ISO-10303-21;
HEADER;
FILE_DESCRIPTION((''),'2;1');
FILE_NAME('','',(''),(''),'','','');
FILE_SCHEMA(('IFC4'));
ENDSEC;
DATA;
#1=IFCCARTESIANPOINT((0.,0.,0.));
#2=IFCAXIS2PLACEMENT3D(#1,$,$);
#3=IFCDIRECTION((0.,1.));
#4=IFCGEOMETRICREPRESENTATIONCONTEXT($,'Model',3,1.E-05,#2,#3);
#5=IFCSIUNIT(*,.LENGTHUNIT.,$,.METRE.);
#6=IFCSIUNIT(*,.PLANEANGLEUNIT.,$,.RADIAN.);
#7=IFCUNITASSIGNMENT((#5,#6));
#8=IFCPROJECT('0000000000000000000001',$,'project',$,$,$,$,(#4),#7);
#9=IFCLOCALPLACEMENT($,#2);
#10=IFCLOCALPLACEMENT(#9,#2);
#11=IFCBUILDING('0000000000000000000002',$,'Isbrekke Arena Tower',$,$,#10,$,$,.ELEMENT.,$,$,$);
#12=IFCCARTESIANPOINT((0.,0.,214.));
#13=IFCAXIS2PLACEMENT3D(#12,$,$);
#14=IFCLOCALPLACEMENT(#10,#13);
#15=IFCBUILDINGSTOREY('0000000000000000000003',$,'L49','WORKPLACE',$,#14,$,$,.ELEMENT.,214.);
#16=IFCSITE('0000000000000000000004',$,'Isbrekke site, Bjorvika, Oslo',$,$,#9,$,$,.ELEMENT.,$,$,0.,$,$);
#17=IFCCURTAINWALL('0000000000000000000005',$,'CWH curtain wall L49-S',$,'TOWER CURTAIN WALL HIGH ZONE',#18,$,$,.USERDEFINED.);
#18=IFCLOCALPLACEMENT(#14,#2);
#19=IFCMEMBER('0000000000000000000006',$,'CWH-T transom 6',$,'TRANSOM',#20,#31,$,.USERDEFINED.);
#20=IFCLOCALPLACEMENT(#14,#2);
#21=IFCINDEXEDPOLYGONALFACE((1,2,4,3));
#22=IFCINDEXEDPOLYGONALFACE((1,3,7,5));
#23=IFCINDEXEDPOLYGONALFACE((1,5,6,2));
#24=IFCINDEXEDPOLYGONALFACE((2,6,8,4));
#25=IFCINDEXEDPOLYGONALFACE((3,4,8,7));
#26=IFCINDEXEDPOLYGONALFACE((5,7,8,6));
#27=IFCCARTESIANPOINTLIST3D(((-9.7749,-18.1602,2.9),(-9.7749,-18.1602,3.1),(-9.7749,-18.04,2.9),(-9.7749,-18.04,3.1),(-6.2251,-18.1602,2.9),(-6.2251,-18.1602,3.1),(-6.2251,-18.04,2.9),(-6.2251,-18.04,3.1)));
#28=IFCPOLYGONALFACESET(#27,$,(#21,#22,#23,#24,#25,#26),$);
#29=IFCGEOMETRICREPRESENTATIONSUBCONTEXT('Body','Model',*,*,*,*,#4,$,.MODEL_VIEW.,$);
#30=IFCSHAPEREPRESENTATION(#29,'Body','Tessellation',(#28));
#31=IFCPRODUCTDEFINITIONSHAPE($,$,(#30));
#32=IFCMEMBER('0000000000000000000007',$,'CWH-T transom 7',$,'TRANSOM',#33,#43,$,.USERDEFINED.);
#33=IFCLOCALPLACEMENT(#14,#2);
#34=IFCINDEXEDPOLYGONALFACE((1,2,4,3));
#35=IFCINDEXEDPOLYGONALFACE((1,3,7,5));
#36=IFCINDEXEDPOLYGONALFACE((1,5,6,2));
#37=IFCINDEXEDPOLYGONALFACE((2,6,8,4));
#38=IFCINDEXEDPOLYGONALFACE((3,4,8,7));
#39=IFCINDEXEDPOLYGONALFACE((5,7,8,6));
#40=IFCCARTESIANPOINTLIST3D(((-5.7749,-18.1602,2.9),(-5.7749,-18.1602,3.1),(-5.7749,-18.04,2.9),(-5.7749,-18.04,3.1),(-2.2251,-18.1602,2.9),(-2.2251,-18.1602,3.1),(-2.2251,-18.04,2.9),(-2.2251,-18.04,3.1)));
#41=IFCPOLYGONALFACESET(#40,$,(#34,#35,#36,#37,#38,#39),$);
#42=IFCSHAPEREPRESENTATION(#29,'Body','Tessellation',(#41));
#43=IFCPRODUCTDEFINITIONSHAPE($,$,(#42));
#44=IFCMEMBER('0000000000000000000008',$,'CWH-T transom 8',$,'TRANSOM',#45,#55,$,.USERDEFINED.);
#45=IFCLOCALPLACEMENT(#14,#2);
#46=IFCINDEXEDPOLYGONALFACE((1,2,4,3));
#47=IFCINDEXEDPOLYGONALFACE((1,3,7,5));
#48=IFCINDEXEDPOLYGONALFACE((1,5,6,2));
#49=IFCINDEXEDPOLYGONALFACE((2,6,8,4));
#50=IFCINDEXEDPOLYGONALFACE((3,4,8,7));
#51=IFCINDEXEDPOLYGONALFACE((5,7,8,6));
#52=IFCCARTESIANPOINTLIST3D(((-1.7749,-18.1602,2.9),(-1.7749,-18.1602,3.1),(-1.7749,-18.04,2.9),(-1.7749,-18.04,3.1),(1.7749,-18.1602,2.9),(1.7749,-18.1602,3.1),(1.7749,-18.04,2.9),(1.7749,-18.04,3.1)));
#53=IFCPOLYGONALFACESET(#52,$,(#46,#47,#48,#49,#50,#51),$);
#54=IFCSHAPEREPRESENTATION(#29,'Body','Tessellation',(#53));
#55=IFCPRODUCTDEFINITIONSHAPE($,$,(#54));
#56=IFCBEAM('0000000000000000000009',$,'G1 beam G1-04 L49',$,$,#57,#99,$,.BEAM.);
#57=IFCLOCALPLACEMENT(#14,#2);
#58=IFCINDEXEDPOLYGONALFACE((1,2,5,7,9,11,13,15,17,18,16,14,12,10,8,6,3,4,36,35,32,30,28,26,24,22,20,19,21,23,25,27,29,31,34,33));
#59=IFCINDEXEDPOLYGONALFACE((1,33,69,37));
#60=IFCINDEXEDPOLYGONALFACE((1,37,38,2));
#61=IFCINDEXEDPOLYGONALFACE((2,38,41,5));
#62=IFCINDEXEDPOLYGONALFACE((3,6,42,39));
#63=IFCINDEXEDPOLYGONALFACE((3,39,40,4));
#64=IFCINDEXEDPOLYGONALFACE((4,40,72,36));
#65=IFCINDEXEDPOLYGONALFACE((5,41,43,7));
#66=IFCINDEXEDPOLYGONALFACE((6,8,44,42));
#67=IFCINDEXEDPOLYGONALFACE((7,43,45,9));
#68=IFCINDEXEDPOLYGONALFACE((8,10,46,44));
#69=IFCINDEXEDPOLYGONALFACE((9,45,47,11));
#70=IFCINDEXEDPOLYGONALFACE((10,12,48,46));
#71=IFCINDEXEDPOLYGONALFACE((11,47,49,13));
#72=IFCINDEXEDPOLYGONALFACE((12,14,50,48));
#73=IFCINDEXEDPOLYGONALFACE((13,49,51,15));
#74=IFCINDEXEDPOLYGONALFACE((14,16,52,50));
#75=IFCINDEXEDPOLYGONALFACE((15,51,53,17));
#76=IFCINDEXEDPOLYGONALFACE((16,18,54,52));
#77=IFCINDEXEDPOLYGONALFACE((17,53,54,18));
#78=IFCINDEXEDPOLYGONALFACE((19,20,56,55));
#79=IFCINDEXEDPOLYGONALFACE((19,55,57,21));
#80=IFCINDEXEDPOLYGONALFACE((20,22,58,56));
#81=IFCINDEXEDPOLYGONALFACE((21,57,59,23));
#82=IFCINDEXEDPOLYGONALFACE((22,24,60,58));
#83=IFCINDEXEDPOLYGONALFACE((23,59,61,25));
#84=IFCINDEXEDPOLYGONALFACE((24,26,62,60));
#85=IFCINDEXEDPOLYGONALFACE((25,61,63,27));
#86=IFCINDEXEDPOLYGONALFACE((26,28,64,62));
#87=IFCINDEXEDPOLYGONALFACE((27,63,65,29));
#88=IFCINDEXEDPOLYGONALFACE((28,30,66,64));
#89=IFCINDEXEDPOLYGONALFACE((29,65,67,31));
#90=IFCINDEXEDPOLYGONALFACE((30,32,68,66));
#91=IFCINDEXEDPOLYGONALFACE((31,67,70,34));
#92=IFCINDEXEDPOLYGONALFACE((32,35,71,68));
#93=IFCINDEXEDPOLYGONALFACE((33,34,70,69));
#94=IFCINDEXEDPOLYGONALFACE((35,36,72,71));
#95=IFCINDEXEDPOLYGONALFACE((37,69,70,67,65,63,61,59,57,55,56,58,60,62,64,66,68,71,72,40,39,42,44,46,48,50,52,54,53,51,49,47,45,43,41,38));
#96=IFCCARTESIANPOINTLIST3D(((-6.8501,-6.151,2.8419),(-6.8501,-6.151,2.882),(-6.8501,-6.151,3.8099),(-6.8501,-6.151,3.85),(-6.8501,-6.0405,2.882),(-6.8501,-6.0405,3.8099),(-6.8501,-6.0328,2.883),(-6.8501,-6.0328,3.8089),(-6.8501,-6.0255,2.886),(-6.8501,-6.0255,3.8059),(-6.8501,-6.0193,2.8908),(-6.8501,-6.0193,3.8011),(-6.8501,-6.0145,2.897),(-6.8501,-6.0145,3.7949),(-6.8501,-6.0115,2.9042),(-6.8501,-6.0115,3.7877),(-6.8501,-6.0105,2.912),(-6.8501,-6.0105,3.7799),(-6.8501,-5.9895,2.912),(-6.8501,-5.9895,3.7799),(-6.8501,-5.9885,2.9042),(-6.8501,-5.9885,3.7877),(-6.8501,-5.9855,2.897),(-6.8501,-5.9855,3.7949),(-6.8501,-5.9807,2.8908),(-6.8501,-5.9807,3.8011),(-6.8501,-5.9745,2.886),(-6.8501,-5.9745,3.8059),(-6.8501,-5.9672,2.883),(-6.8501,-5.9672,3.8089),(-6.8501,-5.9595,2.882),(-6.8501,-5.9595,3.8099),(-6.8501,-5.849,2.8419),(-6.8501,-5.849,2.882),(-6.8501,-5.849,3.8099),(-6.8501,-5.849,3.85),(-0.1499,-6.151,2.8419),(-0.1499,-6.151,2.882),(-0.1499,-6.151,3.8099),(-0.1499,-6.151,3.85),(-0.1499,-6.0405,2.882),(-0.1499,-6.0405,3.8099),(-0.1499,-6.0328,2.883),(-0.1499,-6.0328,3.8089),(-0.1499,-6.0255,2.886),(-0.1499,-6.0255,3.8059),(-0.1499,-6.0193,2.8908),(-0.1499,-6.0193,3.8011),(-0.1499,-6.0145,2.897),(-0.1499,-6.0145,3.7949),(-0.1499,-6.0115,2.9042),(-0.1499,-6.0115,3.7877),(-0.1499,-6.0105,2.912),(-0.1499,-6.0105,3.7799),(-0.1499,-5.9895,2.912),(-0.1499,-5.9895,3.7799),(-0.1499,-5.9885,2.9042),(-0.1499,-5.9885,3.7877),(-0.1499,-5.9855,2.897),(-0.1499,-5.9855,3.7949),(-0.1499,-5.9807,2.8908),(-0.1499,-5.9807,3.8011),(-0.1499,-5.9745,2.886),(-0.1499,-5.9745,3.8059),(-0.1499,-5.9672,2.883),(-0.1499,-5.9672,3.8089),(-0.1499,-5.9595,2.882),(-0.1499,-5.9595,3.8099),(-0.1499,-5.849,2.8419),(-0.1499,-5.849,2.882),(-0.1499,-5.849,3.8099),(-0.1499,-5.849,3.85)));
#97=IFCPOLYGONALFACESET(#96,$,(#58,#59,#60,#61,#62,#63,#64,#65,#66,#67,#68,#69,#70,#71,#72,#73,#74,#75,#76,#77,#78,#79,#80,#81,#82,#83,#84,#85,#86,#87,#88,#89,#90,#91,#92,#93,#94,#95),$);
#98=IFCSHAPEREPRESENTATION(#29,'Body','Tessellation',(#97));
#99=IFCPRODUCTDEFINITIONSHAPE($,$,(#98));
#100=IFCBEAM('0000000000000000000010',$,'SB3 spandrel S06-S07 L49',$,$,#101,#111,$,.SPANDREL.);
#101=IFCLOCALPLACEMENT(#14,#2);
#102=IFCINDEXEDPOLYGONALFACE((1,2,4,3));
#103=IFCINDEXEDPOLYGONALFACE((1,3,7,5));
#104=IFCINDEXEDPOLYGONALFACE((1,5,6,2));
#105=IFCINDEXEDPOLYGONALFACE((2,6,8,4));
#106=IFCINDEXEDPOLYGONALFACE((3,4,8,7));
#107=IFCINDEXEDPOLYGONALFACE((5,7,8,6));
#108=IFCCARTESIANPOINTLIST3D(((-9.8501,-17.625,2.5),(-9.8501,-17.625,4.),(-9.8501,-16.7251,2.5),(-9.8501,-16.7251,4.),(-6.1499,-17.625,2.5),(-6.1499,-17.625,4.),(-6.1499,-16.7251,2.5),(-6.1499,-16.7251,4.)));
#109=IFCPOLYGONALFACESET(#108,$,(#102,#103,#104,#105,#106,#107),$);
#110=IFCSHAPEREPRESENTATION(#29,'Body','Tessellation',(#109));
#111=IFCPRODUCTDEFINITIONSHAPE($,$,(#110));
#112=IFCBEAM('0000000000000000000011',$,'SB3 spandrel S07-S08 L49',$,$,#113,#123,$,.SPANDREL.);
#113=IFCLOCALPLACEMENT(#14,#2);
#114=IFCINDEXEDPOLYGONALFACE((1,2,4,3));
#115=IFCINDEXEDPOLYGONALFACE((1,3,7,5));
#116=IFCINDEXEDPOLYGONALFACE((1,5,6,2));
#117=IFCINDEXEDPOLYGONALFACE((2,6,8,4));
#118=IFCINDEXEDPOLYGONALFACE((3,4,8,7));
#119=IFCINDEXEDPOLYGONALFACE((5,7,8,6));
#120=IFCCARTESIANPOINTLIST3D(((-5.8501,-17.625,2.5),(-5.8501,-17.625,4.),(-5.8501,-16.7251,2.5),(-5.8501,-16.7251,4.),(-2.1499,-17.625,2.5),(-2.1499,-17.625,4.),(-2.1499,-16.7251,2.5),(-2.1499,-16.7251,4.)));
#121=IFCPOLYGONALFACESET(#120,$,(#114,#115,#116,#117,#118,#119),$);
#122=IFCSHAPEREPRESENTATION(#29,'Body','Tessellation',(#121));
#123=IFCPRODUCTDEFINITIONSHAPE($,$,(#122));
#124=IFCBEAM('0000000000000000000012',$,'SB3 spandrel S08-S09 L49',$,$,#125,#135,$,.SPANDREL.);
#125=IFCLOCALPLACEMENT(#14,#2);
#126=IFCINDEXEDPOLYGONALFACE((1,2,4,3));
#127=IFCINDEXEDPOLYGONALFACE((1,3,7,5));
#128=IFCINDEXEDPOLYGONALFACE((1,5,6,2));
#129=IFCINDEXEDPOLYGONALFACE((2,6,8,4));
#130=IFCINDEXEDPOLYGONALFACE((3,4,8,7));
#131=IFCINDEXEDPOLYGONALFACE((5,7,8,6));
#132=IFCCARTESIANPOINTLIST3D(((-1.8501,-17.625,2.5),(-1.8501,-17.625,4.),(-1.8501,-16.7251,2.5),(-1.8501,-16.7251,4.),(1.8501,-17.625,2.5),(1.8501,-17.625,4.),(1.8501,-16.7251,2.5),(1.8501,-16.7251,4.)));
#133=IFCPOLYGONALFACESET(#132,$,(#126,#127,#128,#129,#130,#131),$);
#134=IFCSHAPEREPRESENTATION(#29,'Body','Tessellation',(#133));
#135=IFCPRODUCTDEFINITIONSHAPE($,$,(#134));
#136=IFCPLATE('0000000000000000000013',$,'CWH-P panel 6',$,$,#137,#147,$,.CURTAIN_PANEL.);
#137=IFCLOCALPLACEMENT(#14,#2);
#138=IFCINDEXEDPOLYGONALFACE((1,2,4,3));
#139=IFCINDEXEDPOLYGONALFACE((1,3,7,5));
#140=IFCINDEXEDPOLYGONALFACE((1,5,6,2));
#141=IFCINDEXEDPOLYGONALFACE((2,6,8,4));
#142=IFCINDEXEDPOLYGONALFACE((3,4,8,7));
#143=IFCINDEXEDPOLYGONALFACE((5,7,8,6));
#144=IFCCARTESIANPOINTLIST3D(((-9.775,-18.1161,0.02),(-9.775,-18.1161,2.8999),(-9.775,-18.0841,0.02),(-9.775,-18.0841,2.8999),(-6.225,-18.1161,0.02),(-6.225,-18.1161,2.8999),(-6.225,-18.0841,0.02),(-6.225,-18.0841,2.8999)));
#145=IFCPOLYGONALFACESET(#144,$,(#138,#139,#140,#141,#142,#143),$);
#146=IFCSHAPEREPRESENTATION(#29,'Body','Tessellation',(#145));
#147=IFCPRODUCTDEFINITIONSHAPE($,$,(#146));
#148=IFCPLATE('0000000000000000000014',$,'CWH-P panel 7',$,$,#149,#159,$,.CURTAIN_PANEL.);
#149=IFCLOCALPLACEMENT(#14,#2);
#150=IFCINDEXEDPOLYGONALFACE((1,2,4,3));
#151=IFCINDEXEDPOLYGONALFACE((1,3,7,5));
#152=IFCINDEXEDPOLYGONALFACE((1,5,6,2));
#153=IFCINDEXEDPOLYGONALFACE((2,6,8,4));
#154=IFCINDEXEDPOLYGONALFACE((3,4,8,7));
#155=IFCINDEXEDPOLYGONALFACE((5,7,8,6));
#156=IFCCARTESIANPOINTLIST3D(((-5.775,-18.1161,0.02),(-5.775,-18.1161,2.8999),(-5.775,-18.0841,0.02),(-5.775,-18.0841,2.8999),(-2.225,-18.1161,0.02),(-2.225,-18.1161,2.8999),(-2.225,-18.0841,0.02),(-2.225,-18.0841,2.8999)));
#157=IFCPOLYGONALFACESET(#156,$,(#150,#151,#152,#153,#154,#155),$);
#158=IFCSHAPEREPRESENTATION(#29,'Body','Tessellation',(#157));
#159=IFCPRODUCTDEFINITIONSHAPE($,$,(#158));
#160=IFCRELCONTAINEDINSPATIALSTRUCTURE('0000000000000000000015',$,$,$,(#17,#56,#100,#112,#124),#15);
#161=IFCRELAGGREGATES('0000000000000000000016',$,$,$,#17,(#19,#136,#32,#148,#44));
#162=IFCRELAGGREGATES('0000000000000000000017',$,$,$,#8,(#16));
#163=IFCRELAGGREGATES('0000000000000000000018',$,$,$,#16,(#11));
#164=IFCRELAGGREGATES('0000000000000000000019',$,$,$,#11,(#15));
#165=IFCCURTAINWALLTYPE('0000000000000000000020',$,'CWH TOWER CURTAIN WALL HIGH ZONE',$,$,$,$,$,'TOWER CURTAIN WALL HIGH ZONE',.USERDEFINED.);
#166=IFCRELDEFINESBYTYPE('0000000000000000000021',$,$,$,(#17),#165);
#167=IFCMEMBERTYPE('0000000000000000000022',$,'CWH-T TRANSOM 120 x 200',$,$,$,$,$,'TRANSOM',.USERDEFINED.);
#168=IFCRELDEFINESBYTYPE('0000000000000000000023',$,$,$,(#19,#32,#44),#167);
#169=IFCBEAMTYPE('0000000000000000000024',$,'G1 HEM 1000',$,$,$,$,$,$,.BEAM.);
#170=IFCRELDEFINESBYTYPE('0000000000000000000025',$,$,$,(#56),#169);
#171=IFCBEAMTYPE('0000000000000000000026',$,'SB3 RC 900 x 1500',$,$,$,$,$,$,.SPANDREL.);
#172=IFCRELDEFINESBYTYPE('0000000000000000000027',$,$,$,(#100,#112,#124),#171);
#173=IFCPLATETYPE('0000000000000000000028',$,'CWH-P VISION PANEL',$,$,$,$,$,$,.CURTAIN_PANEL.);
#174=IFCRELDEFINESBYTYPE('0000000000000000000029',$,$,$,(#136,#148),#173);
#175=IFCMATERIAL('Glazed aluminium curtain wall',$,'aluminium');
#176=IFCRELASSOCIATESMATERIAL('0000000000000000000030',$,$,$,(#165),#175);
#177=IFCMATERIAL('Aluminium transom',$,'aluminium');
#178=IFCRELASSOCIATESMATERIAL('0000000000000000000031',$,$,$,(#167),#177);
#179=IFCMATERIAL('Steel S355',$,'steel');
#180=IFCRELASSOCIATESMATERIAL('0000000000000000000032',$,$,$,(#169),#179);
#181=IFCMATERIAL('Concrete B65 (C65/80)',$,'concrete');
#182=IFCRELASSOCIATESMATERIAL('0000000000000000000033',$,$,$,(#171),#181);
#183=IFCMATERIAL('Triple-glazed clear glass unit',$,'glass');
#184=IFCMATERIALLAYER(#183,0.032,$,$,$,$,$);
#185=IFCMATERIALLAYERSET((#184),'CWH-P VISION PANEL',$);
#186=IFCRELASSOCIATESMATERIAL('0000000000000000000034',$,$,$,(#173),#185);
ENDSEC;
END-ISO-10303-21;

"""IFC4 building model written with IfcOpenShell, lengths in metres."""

from ifc_helpers import new_model, si_unit, direction, frame, origin, origin_2d, place, context, subcontext, project, spatial, rectangle, i_section, extrude, material, layer, layer_set, material_profile, profile_set, type_object, element, aggregate, save


model = new_model("IFC4")

# Units and contexts
model_context = context("Model", 3, precision=1e-05, world=origin(), true_north=direction((0.0, 1.0)))
body_context = subcontext(model_context, "Body", "Model", "MODEL_VIEW")
ifc_project = project(units=[si_unit("LENGTHUNIT", "METRE"), si_unit("PLANEANGLEUNIT", "RADIAN")], contexts=[model_context])

# Site, building, storey
site_placement = place(None, origin())
site = spatial("IfcSite", under=ifc_project, at=site_placement, Name="Isbrekke site, Bjorvika, Oslo", CompositionType="ELEMENT", RefElevation=0.0)
building_placement = place(site_placement, origin())
building = spatial("IfcBuilding", under=site, at=building_placement, Name="Isbrekke Arena Tower", CompositionType="ELEMENT")
storey_placement = place(building_placement, frame((0.0, 0.0, 214.0)))
storey = spatial("IfcBuildingStorey", under=building, at=storey_placement, Name="L49", Description="WORKPLACE", CompositionType="ELEMENT", Elevation=214.0)

# Curtain wall, members
ifc_material_1 = material(Name="Glazed aluminium curtain wall", Category="aluminium")
curtain_wall_type = type_object("IfcCurtainWallType", Name="CWH TOWER CURTAIN WALL HIGH ZONE", ElementType="TOWER CURTAIN WALL HIGH ZONE", PredefinedType="USERDEFINED", material=ifc_material_1)
curtain_wall_placement = place(storey_placement, origin())
curtain_wall = element("IfcCurtainWall", 1, at=curtain_wall_placement, inside=storey, type_object=curtain_wall_type, Name="CWH curtain wall L49-S", ObjectType="TOWER CURTAIN WALL HIGH ZONE", PredefinedType="USERDEFINED")
ifc_material_2 = material(Name="Aluminium transom", Category="aluminium")
ifc_material_profile_1 = material_profile(ifc_material_2, rectangle(XDim=0.1201, YDim=0.2, at=origin_2d()), Name="TRANSOM 120X200")
ifc_profile_set_1 = profile_set([ifc_material_profile_1], Name="Aluminium transom")
member_type_1 = type_object("IfcMemberType", Name="CWH-T TRANSOM 120 x 200", ElementType="TRANSOM", PredefinedType="USERDEFINED", material=ifc_profile_set_1)
member_1_placement = place(storey_placement, frame((-9.7749, -18.1001, 3.0), z_axis=(1.0, 0.0, 0.0), x_axis=(0.0, 1.0, 0.0)))
member_1 = element("IfcMember", 2, at=member_1_placement, type_object=member_type_1, Name="CWH-T transom 6", ObjectType="TRANSOM", PredefinedType="USERDEFINED", context=body_context, shape_type="SweptSolid", body=[
    extrude(rectangle(XDim=0.1201, YDim=0.2, at=origin_2d()), origin(), (0.0, 0.0, 1.0), 3.5498),
])
member_2_placement = place(storey_placement, frame((-5.7749, -18.1001, 3.0), z_axis=(1.0, 0.0, 0.0), x_axis=(0.0, 1.0, 0.0)))
member_2 = element("IfcMember", 3, at=member_2_placement, type_object=member_type_1, Name="CWH-T transom 7", ObjectType="TRANSOM", PredefinedType="USERDEFINED", context=body_context, shape_type="SweptSolid", body=[
    extrude(rectangle(XDim=0.1201, YDim=0.2, at=origin_2d()), origin(), (0.0, 0.0, 1.0), 3.5498),
])
member_3_placement = place(storey_placement, frame((-1.7749, -18.1001, 3.0), z_axis=(1.0, 0.0, 0.0), x_axis=(0.0, 1.0, 0.0)))
member_3 = element("IfcMember", 4, at=member_3_placement, type_object=member_type_1, Name="CWH-T transom 8", ObjectType="TRANSOM", PredefinedType="USERDEFINED", context=body_context, shape_type="SweptSolid", body=[
    extrude(rectangle(XDim=0.1201, YDim=0.2, at=origin_2d()), origin(), (0.0, 0.0, 1.0), 3.5498),
])

# Beams
ifc_material_3 = material(Name="Steel S355", Category="steel")
ifc_material_profile_2 = material_profile(ifc_material_3, i_section(OverallWidth=0.302, OverallDepth=1.0081, WebThickness=0.021, FlangeThickness=0.04, FilletRadius=0.03, at=origin_2d()), Name="HEM 1000")
ifc_profile_set_2 = profile_set([ifc_material_profile_2], Name="Steel S355")
beam_type_1 = type_object("IfcBeamType", Name="G1 HEM 1000", PredefinedType="BEAM", material=ifc_profile_set_2)
beam_1_placement = place(storey_placement, frame((-6.8501, -6.0, 3.3459), z_axis=(1.0, 0.0, 0.0), x_axis=(0.0, 1.0, 0.0)))
element("IfcBeam", 5, at=beam_1_placement, inside=storey, type_object=beam_type_1, Name="G1 beam G1-04 L49", PredefinedType="BEAM", context=body_context, shape_type="SweptSolid", body=[
    extrude(i_section(OverallWidth=0.302, OverallDepth=1.0081, WebThickness=0.021, FlangeThickness=0.04, FilletRadius=0.03, at=origin_2d()), origin(), (0.0, 0.0, 1.0), 6.7002),
])
ifc_material_4 = material(Name="Concrete B65 (C65/80)", Category="concrete")
ifc_material_profile_3 = material_profile(ifc_material_4, rectangle(XDim=0.8999, YDim=1.5, at=origin_2d()), Name="RC 900x1500")
ifc_profile_set_3 = profile_set([ifc_material_profile_3], Name="Concrete B65 (C65/80)")
beam_type_2 = type_object("IfcBeamType", Name="SB3 RC 900 x 1500", PredefinedType="SPANDREL", material=ifc_profile_set_3)
for number, where, z_axis, x_axis, name in (
    (6, (-9.8501, -17.175, 3.25), (1.0, 0.0, 0.0), (0.0, 1.0, 0.0), "SB3 spandrel S06-S07 L49"),
    (7, (-5.8501, -17.175, 3.25), (1.0, 0.0, 0.0), (0.0, 1.0, 0.0), "SB3 spandrel S07-S08 L49"),
    (8, (-1.8501, -17.175, 3.25), (1.0, 0.0, 0.0), (0.0, 1.0, 0.0), "SB3 spandrel S08-S09 L49"),
):
    element("IfcBeam", number, at=place(storey_placement, frame(where, z_axis=z_axis, x_axis=x_axis)), inside=storey, type_object=beam_type_2, Name=name, PredefinedType="SPANDREL", context=body_context, shape_type="SweptSolid", body=[
        extrude(rectangle(XDim=0.8999, YDim=1.5, at=origin_2d()), origin(), (0.0, 0.0, 1.0), 3.7002),
    ])

# Plates
ifc_material_5 = material(Name="Triple-glazed clear glass unit", Category="glass")
ifc_layer_1 = layer(ifc_material_5, 0.032)
ifc_layer_set_1 = layer_set([ifc_layer_1], Name="CWH-P VISION PANEL")
plate_type = type_object("IfcPlateType", Name="CWH-P VISION PANEL", PredefinedType="CURTAIN_PANEL", material=ifc_layer_set_1)
plate_1_placement = place(storey_placement, frame((-8.0, -18.1001, 0.02), z_axis=(0.0, 0.0, 1.0), x_axis=(1.0, 0.0, 0.0)))
plate_1 = element("IfcPlate", 9, at=plate_1_placement, type_object=plate_type, Name="CWH-P panel 6", PredefinedType="CURTAIN_PANEL", context=body_context, shape_type="SweptSolid", body=[
    extrude(rectangle(XDim=3.55, YDim=0.032, at=origin_2d()), origin(), (0.0, 0.0, 1.0), 2.8799),
])
plate_2_placement = place(storey_placement, frame((-4.0, -18.1001, 0.02), z_axis=(0.0, 0.0, 1.0), x_axis=(1.0, 0.0, 0.0)))
plate_2 = element("IfcPlate", 10, at=plate_2_placement, type_object=plate_type, Name="CWH-P panel 7", PredefinedType="CURTAIN_PANEL", context=body_context, shape_type="SweptSolid", body=[
    extrude(rectangle(XDim=3.55, YDim=0.032, at=origin_2d()), origin(), (0.0, 0.0, 1.0), 2.8799),
])
aggregate(curtain_wall, [member_1, plate_1, member_2, plate_2, member_3])

save(model, "model.ifc")
